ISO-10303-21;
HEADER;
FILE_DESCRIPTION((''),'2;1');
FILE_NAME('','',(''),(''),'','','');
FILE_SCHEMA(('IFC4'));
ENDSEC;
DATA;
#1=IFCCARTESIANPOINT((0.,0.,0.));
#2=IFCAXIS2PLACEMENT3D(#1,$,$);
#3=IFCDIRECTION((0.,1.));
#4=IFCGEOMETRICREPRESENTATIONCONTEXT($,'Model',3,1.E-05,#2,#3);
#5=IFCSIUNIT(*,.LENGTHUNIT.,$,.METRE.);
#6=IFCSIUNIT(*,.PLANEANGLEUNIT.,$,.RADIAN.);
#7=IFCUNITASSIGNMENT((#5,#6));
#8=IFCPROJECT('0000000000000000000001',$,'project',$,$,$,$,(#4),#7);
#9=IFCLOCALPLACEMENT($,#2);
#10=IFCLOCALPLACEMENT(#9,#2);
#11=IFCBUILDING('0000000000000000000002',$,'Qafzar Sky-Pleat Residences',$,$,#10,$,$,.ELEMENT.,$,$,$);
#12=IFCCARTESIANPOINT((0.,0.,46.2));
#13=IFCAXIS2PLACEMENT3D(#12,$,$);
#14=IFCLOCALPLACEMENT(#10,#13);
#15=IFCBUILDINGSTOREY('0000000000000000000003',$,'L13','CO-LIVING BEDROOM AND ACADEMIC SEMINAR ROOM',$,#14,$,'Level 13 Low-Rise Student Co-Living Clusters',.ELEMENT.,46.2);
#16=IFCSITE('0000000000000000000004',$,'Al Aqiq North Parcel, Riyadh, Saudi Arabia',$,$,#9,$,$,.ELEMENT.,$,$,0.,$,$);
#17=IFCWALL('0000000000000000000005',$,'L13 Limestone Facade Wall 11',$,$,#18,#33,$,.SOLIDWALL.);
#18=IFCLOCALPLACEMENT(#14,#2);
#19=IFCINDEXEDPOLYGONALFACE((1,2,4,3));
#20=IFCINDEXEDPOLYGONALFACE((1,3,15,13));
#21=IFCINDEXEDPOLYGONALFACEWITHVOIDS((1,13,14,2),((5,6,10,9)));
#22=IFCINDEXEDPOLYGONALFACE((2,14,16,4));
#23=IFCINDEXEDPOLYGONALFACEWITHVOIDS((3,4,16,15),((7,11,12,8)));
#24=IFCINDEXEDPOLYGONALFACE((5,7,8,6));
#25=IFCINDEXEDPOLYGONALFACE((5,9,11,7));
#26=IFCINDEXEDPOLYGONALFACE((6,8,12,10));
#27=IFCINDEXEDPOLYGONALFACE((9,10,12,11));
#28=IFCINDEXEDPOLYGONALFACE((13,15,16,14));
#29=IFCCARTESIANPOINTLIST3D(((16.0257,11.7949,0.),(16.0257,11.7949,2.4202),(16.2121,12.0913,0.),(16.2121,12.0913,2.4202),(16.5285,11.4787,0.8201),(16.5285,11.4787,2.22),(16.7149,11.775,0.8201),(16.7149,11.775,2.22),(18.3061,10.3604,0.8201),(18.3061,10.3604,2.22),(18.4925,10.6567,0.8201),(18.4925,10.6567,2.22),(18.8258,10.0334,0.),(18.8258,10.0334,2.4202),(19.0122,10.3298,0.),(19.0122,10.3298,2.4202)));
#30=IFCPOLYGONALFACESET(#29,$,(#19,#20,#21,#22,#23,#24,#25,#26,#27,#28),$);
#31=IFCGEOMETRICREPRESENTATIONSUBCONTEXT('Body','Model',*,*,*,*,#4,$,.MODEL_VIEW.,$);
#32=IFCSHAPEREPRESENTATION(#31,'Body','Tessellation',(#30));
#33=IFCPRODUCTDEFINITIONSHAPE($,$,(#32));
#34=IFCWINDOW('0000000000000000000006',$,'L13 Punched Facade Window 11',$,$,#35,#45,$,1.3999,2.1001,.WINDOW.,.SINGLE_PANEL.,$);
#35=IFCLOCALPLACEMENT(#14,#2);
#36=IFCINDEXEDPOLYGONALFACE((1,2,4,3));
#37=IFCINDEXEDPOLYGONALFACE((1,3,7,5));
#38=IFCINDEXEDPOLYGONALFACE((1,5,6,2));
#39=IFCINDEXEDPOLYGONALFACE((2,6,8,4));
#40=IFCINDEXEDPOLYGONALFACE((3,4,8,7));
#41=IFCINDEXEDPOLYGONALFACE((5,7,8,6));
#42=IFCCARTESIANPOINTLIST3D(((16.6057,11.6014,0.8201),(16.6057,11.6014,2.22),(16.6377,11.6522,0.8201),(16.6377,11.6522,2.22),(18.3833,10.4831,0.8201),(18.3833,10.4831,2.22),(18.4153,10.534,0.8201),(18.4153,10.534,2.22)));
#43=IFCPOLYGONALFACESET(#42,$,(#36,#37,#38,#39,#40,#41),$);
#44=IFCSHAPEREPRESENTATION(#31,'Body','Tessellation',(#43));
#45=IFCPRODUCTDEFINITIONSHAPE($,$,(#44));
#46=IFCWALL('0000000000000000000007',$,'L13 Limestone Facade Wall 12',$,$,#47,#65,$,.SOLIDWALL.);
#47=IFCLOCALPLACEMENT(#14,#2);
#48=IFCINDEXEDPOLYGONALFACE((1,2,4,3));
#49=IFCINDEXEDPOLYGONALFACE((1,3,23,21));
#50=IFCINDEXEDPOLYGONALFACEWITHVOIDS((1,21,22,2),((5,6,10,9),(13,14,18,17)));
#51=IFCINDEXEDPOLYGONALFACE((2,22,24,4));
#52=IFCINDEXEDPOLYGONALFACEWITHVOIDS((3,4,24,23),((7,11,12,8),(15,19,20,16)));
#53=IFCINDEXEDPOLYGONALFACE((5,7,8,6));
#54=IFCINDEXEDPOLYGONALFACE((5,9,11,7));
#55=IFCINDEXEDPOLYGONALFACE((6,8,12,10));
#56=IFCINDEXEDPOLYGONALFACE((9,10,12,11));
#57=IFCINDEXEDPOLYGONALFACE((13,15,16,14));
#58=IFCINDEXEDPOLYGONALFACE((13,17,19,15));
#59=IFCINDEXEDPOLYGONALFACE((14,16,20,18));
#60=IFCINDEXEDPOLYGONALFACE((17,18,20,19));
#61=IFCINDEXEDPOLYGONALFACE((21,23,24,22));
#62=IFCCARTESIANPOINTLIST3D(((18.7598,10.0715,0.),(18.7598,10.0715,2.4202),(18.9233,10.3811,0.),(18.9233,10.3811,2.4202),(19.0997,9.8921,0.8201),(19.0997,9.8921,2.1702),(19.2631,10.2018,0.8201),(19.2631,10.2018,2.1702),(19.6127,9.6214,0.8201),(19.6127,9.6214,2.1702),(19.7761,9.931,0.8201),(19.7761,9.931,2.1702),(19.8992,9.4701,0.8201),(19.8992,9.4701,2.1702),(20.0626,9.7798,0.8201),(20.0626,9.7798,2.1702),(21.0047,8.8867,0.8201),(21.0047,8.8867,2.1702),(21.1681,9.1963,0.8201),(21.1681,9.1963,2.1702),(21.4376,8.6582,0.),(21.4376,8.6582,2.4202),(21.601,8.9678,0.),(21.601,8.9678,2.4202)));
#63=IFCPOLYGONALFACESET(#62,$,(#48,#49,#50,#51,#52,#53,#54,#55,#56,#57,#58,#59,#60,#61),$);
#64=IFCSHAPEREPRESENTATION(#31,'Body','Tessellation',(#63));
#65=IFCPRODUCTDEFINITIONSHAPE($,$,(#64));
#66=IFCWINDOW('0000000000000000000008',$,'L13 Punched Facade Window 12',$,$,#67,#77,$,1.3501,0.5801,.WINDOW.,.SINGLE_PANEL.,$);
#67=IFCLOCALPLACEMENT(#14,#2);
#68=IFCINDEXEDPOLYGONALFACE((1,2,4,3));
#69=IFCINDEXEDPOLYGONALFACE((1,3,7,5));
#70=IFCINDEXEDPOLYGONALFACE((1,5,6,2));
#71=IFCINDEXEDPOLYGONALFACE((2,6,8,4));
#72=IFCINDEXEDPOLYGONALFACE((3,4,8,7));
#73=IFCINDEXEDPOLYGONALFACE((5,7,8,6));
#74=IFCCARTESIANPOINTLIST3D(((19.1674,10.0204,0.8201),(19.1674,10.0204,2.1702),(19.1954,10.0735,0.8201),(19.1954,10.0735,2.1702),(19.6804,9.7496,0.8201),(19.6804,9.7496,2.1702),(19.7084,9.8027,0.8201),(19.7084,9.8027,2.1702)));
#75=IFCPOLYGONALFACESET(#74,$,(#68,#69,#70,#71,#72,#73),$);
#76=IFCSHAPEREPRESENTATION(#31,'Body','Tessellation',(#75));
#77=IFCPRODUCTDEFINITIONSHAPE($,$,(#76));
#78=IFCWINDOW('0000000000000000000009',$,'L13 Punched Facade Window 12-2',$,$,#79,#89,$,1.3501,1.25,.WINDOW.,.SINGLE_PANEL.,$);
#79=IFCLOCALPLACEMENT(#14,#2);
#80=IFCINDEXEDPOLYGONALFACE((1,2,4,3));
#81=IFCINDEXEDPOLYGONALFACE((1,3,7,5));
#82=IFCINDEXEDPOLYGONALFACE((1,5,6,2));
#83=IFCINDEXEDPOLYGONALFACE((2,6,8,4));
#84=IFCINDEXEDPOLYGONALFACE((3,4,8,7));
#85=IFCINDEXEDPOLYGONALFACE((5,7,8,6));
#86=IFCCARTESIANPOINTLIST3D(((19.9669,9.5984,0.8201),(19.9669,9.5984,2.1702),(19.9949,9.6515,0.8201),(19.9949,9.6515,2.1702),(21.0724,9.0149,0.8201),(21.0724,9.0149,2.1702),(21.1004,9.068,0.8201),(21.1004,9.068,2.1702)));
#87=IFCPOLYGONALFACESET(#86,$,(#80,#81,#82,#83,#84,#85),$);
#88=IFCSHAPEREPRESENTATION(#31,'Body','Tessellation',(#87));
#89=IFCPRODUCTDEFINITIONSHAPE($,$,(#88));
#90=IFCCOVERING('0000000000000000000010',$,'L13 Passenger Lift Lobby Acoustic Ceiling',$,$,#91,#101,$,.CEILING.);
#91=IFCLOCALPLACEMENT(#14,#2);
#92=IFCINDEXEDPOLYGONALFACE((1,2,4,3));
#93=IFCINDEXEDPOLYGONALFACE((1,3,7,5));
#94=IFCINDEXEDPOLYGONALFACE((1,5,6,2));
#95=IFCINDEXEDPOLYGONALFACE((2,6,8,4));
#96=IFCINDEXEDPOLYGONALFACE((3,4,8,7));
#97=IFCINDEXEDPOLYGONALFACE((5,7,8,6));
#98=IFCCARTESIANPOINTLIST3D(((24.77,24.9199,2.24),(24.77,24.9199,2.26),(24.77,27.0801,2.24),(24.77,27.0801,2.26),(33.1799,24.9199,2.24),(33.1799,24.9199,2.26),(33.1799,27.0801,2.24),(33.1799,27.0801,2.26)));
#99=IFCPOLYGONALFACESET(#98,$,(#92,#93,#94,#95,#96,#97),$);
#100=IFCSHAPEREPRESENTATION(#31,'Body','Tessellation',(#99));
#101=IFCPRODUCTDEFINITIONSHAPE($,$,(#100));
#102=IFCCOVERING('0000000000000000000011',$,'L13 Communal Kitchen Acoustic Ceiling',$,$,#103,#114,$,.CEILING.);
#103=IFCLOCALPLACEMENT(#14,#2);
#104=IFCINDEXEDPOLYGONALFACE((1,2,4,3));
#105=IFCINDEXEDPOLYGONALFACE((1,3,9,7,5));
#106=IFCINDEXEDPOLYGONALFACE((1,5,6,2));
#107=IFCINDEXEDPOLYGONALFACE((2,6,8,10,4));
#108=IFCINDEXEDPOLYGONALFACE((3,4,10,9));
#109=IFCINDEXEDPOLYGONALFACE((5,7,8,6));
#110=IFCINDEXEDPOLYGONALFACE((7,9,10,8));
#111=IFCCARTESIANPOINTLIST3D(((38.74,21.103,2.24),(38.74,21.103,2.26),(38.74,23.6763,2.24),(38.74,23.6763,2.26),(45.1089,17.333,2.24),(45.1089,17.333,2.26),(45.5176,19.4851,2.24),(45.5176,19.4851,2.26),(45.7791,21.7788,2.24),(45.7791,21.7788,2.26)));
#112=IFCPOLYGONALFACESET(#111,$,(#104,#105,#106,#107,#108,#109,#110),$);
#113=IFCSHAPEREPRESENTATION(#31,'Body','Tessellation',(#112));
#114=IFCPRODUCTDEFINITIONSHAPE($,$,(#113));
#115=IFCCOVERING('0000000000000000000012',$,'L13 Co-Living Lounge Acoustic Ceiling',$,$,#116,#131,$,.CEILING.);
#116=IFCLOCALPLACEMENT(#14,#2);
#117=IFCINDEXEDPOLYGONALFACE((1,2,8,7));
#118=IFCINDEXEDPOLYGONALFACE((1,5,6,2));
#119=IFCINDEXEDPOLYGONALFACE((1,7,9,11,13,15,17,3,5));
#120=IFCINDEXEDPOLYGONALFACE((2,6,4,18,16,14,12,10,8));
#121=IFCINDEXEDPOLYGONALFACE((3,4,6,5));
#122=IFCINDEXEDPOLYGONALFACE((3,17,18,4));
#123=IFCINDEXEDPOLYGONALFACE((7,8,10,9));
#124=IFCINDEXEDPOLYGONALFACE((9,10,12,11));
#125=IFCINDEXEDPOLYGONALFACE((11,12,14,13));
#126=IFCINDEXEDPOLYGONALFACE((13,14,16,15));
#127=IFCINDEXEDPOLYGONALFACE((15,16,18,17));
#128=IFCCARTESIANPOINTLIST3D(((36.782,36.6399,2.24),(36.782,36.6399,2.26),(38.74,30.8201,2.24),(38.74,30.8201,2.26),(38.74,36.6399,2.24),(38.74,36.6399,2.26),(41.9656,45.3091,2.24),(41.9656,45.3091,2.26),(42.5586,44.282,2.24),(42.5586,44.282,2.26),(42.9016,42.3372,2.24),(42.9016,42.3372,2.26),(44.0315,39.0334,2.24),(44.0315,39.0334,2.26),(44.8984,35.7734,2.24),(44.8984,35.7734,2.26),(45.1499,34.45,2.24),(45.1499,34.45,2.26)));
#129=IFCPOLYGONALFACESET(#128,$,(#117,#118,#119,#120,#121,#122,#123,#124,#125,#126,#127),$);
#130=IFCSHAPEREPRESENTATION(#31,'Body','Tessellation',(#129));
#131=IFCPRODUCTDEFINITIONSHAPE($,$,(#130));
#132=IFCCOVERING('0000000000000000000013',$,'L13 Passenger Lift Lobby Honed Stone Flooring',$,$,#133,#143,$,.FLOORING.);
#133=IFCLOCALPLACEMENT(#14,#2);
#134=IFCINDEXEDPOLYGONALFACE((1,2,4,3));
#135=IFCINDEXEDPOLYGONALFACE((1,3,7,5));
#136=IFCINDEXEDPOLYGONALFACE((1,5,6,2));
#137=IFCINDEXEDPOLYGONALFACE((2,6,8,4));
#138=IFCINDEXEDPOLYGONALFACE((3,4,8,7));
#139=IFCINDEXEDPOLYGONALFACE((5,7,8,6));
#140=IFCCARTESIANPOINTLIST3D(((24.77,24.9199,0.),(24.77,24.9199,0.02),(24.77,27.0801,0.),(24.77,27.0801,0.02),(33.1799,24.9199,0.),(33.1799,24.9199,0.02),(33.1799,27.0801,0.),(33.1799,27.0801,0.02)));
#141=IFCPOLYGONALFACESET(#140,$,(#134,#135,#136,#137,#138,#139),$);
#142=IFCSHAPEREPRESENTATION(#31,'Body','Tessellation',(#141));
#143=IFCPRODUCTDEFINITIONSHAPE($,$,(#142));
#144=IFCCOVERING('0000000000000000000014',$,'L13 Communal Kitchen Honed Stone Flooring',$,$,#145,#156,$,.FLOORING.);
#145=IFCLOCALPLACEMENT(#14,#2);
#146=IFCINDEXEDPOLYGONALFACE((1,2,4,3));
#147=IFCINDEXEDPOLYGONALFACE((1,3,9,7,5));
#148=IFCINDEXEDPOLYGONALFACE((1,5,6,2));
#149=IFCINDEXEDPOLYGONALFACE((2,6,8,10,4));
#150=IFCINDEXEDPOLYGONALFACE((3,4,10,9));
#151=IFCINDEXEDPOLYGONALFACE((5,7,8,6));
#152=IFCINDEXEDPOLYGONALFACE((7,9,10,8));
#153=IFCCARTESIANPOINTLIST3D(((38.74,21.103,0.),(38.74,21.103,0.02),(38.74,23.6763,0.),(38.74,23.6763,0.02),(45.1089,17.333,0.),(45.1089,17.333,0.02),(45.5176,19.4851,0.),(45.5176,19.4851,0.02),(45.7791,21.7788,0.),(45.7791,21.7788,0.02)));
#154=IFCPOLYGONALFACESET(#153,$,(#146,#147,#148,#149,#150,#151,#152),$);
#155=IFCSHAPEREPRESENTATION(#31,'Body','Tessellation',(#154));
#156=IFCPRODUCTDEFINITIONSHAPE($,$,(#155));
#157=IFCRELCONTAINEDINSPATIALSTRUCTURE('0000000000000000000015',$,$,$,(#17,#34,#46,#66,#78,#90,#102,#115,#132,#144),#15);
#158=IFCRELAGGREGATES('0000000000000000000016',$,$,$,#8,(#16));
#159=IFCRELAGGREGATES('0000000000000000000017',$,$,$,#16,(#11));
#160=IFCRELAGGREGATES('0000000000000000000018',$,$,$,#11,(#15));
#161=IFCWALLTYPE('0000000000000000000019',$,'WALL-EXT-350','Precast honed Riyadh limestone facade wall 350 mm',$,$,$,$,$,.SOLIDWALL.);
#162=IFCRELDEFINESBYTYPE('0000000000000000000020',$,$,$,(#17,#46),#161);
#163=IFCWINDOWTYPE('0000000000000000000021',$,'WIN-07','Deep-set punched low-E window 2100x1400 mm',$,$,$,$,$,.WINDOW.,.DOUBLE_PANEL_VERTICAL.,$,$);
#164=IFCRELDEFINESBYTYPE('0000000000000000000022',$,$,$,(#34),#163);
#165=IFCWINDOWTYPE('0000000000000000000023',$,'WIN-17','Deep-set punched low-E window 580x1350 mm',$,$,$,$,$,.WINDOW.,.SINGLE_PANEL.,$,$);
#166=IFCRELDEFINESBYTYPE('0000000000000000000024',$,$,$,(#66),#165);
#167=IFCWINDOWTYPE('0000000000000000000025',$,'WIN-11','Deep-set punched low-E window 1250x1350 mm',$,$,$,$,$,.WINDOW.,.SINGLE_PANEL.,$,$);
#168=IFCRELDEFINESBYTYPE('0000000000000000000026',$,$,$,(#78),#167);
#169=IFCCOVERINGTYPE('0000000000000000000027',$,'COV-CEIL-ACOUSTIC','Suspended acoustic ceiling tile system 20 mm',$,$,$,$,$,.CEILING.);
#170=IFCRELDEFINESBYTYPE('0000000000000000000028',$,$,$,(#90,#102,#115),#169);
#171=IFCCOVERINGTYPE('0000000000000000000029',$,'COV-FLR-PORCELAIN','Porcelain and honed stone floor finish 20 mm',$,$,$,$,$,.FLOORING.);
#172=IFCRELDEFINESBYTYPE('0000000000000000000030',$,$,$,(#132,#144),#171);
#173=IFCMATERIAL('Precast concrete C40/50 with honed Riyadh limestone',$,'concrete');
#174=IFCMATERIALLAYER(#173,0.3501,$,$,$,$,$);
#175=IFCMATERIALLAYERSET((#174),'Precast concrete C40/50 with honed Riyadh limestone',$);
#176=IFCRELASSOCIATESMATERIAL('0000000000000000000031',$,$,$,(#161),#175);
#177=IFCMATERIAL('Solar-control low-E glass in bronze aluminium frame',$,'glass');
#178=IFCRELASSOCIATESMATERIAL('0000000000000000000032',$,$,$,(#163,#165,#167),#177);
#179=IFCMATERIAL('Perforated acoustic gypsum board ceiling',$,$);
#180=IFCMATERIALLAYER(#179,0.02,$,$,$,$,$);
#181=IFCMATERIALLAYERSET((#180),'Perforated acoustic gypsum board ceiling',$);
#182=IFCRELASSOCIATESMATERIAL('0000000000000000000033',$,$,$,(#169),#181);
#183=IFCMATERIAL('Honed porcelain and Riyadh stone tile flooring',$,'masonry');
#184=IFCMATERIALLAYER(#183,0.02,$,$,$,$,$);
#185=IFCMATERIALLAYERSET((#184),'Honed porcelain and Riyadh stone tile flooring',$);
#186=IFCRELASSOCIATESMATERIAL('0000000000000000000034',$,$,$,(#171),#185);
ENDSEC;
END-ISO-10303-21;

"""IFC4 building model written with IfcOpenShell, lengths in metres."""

from ifc_helpers import new_model, si_unit, direction, frame, frame_2d, origin, place, context, subcontext, project, spatial, polyline, rectangle, outline, extrude, source, transform, mapped, material, layer, layer_set, type_object, element, fill, save


model = new_model("IFC4")

# Units and contexts
model_context = context("Model", 3, precision=1e-05, world=origin(), true_north=direction((0.0, 1.0)))
body_context = subcontext(model_context, "Body", "Model", "MODEL_VIEW")
ifc_project = project(units=[si_unit("LENGTHUNIT", "METRE"), si_unit("PLANEANGLEUNIT", "RADIAN")], contexts=[model_context])

# Site, building, storey
site_placement = place(None, origin())
site = spatial("IfcSite", under=ifc_project, at=site_placement, Name="Al Aqiq North Parcel, Riyadh, Saudi Arabia", CompositionType="ELEMENT", RefElevation=0.0)
building_placement = place(site_placement, origin())
building = spatial("IfcBuilding", under=site, at=building_placement, Name="Qafzar Sky-Pleat Residences", CompositionType="ELEMENT")
storey_placement = place(building_placement, frame((0.0, 0.0, 46.2)))
storey = spatial("IfcBuildingStorey", under=building, at=storey_placement, Name="L13", Description="CO-LIVING BEDROOM AND ACADEMIC SEMINAR ROOM", LongName="Level 13 Low-Rise Student Co-Living Clusters", CompositionType="ELEMENT", Elevation=46.2)

# Wall, opening, window
ifc_material_1 = material(Name="Precast concrete C40/50 with honed Riyadh limestone", Category="concrete")
ifc_layer_1 = layer(ifc_material_1, 0.3501)
ifc_layer_set_1 = layer_set([ifc_layer_1], Name="Precast concrete C40/50 with honed Riyadh limestone")
wall_type = type_object("IfcWallType", Name="WALL-EXT-350", Description="Precast honed Riyadh limestone facade wall 350 mm", PredefinedType="SOLIDWALL", material=ifc_layer_set_1)
wall_1_placement = place(storey_placement, frame((16.1189, 11.9431, 0.0), z_axis=(0.0, 0.0, 1.0), x_axis=(0.84644, -0.532484, 0.0)))
wall_1 = element("IfcWall", 1, at=wall_1_placement, inside=storey, type_object=wall_type, Name="L13 Limestone Facade Wall 11", PredefinedType="SOLIDWALL", context=body_context, shape_type="SweptSolid", body=[
    extrude(rectangle(XDim=3.3081, YDim=0.3501, at=frame_2d((1.6541, 0.0))), origin(), (0.0, 0.0, 1.0), 2.4202),
])
opening_1_placement = place(wall_1_placement, frame((0.594, 0.0, 0.8201)))
opening_1 = element("IfcOpeningElement", 2, at=opening_1_placement, cuts=wall_1, PredefinedType="OPENING", context=body_context, shape_type="SweptSolid", body=[
    extrude(rectangle(XDim=2.1001, YDim=1.3999, at=frame_2d((1.05, 0.7))), frame((0.0, 0.1851, 0.0), z_axis=(0.0, -1.0, 0.0), x_axis=(1.0, 0.0, 0.0)), (0.0, 0.0, 1.0), 0.3701),
])
ifc_material_2 = material(Name="Solar-control low-E glass in bronze aluminium frame", Category="glass")
window_type_1 = type_object("IfcWindowType", Name="WIN-07", Description="Deep-set punched low-E window 2100x1400 mm", PartitioningType="DOUBLE_PANEL_VERTICAL", PredefinedType="WINDOW", material=ifc_material_2)
shared_shape_1 = source(origin(), body_context, "Body", "SweptSolid", [
    extrude(rectangle(XDim=2.1001, YDim=1.3999, at=frame_2d((1.05, 0.7))), frame((0.0, 0.03, 0.0), z_axis=(0.0, -1.0, 0.0), x_axis=(1.0, 0.0, 0.0)), (0.0, 0.0, 1.0), 0.0601),
])
window_1_placement = place(opening_1_placement, origin())
window_1 = element("IfcWindow", 3, at=window_1_placement, inside=storey, type_object=window_type_1, Name="L13 Punched Facade Window 11", OverallHeight=1.3999, OverallWidth=2.1001, PartitioningType="SINGLE_PANEL", PredefinedType="WINDOW", context=body_context, shape_type="MappedRepresentation", body=[
    mapped(shared_shape_1, transform((0.0, 0.0, 0.0), x_axis=(1.0, 0.0, 0.0), y_axis=(0.0, 1.0, 0.0), z_axis=(0.0, 0.0, 1.0), scale=1.0)),
])
fill(opening_1, window_1)

# Wall, openings, windows
wall_2_placement = place(storey_placement, frame((18.8416, 10.2263, 0.0), z_axis=(0.0, 0.0, 1.0), x_axis=(0.884374, -0.46678, 0.0)))
wall_2 = element("IfcWall", 4, at=wall_2_placement, inside=storey, type_object=wall_type, Name="L13 Limestone Facade Wall 12", PredefinedType="SOLIDWALL", context=body_context, shape_type="SweptSolid", body=[
    extrude(rectangle(XDim=3.0278, YDim=0.3501, at=frame_2d((1.5139, 0.0))), origin(), (0.0, 0.0, 1.0), 2.4202),
])
opening_2_placement = place(wall_2_placement, frame((0.3843, 0.0, 0.8201)))
opening_2 = element("IfcOpeningElement", 5, at=opening_2_placement, cuts=wall_2, PredefinedType="OPENING", context=body_context, shape_type="SweptSolid", body=[
    extrude(rectangle(XDim=0.5801, YDim=1.3501, at=frame_2d((0.29, 0.675))), frame((0.0, 0.1851, 0.0), z_axis=(0.0, -1.0, 0.0), x_axis=(1.0, 0.0, 0.0)), (0.0, 0.0, 1.0), 0.3701),
])
opening_3_placement = place(wall_2_placement, frame((1.2883, 0.0, 0.8201)))
opening_3 = element("IfcOpeningElement", 6, at=opening_3_placement, cuts=wall_2, PredefinedType="OPENING", context=body_context, shape_type="SweptSolid", body=[
    extrude(rectangle(XDim=1.25, YDim=1.3501, at=frame_2d((0.625, 0.675))), frame((0.0, 0.1851, 0.0), z_axis=(0.0, -1.0, 0.0), x_axis=(1.0, 0.0, 0.0)), (0.0, 0.0, 1.0), 0.3701),
])
window_type_2 = type_object("IfcWindowType", Name="WIN-17", Description="Deep-set punched low-E window 580x1350 mm", PartitioningType="SINGLE_PANEL", PredefinedType="WINDOW", material=ifc_material_2)
shared_shape_2 = source(origin(), body_context, "Body", "SweptSolid", [
    extrude(rectangle(XDim=0.5801, YDim=1.3501, at=frame_2d((0.29, 0.675))), frame((0.0, 0.03, 0.0), z_axis=(0.0, -1.0, 0.0), x_axis=(1.0, 0.0, 0.0)), (0.0, 0.0, 1.0), 0.0601),
])
window_2_placement = place(opening_2_placement, origin())
window_2 = element("IfcWindow", 7, at=window_2_placement, inside=storey, type_object=window_type_2, Name="L13 Punched Facade Window 12", OverallHeight=1.3501, OverallWidth=0.5801, PartitioningType="SINGLE_PANEL", PredefinedType="WINDOW", context=body_context, shape_type="MappedRepresentation", body=[
    mapped(shared_shape_2, transform((0.0, 0.0, 0.0), x_axis=(1.0, 0.0, 0.0), y_axis=(0.0, 1.0, 0.0), z_axis=(0.0, 0.0, 1.0), scale=1.0)),
])
fill(opening_2, window_2)
window_type_3 = type_object("IfcWindowType", Name="WIN-11", Description="Deep-set punched low-E window 1250x1350 mm", PartitioningType="SINGLE_PANEL", PredefinedType="WINDOW", material=ifc_material_2)
shared_shape_3 = source(origin(), body_context, "Body", "SweptSolid", [
    extrude(rectangle(XDim=1.25, YDim=1.3501, at=frame_2d((0.625, 0.675))), frame((0.0, 0.03, 0.0), z_axis=(0.0, -1.0, 0.0), x_axis=(1.0, 0.0, 0.0)), (0.0, 0.0, 1.0), 0.0601),
])
window_3_placement = place(opening_3_placement, origin())
window_3 = element("IfcWindow", 8, at=window_3_placement, inside=storey, type_object=window_type_3, Name="L13 Punched Facade Window 12-2", OverallHeight=1.3501, OverallWidth=1.25, PartitioningType="SINGLE_PANEL", PredefinedType="WINDOW", context=body_context, shape_type="MappedRepresentation", body=[
    mapped(shared_shape_3, transform((0.0, 0.0, 0.0), x_axis=(1.0, 0.0, 0.0), y_axis=(0.0, 1.0, 0.0), z_axis=(0.0, 0.0, 1.0), scale=1.0)),
])
fill(opening_3, window_3)

# Coverings
ifc_material_3 = material(Name="Perforated acoustic gypsum board ceiling")
ifc_layer_2 = layer(ifc_material_3, 0.02)
ifc_layer_set_2 = layer_set([ifc_layer_2], Name="Perforated acoustic gypsum board ceiling")
covering_type_1 = type_object("IfcCoveringType", Name="COV-CEIL-ACOUSTIC", Description="Suspended acoustic ceiling tile system 20 mm", PredefinedType="CEILING", material=ifc_layer_set_2)
covering_1_placement = place(storey_placement, frame((0.0, 0.0, 2.24)))
element("IfcCovering", 9, at=covering_1_placement, inside=storey, type_object=covering_type_1, Name="L13 Passenger Lift Lobby Acoustic Ceiling", PredefinedType="CEILING", context=body_context, shape_type="SweptSolid", body=[
    extrude(outline(polyline([(33.1799, 24.9199), (24.77, 24.9199), (24.77, 27.0801), (33.1799, 27.0801), (33.1799, 24.9199)])), origin(), (0.0, 0.0, 1.0), 0.02),
])
covering_2_placement = place(storey_placement, frame((0.0, 0.0, 2.24)))
element("IfcCovering", 10, at=covering_2_placement, inside=storey, type_object=covering_type_1, Name="L13 Communal Kitchen Acoustic Ceiling", PredefinedType="CEILING", context=body_context, shape_type="SweptSolid", body=[
    extrude(outline(polyline([(45.5176, 19.4851), (45.1089, 17.333), (38.74, 21.103), (38.74, 23.6763), (45.7791, 21.7788), (45.5176, 19.4851)])), origin(), (0.0, 0.0, 1.0), 0.02),
])
covering_3_placement = place(storey_placement, frame((0.0, 0.0, 2.24)))
element("IfcCovering", 11, at=covering_3_placement, inside=storey, type_object=covering_type_1, Name="L13 Co-Living Lounge Acoustic Ceiling", PredefinedType="CEILING", context=body_context, shape_type="SweptSolid", body=[
    extrude(outline(polyline([(42.5586, 44.282), (42.9016, 42.3372), (44.0315, 39.0334), (44.8984, 35.7734), (45.1499, 34.45), (38.74, 30.8201), (38.74, 36.6399), (36.782, 36.6399), (41.9656, 45.3091), (42.5586, 44.282)])), origin(), (0.0, 0.0, 1.0), 0.02),
])
ifc_material_4 = material(Name="Honed porcelain and Riyadh stone tile flooring", Category="masonry")
ifc_layer_3 = layer(ifc_material_4, 0.02)
ifc_layer_set_3 = layer_set([ifc_layer_3], Name="Honed porcelain and Riyadh stone tile flooring")
covering_type_2 = type_object("IfcCoveringType", Name="COV-FLR-PORCELAIN", Description="Porcelain and honed stone floor finish 20 mm", PredefinedType="FLOORING", material=ifc_layer_set_3)
covering_4_placement = place(storey_placement, origin())
element("IfcCovering", 12, at=covering_4_placement, inside=storey, type_object=covering_type_2, Name="L13 Passenger Lift Lobby Honed Stone Flooring", PredefinedType="FLOORING", context=body_context, shape_type="SweptSolid", body=[
    extrude(outline(polyline([(33.1799, 24.9199), (24.77, 24.9199), (24.77, 27.0801), (33.1799, 27.0801), (33.1799, 24.9199)])), origin(), (0.0, 0.0, 1.0), 0.02),
])
covering_5_placement = place(storey_placement, origin())
element("IfcCovering", 13, at=covering_5_placement, inside=storey, type_object=covering_type_2, Name="L13 Communal Kitchen Honed Stone Flooring", PredefinedType="FLOORING", context=body_context, shape_type="SweptSolid", body=[
    extrude(outline(polyline([(45.5176, 19.4851), (45.1089, 17.333), (38.74, 21.103), (38.74, 23.6763), (45.7791, 21.7788), (45.5176, 19.4851)])), origin(), (0.0, 0.0, 1.0), 0.02),
])

save(model, "model.ifc")
